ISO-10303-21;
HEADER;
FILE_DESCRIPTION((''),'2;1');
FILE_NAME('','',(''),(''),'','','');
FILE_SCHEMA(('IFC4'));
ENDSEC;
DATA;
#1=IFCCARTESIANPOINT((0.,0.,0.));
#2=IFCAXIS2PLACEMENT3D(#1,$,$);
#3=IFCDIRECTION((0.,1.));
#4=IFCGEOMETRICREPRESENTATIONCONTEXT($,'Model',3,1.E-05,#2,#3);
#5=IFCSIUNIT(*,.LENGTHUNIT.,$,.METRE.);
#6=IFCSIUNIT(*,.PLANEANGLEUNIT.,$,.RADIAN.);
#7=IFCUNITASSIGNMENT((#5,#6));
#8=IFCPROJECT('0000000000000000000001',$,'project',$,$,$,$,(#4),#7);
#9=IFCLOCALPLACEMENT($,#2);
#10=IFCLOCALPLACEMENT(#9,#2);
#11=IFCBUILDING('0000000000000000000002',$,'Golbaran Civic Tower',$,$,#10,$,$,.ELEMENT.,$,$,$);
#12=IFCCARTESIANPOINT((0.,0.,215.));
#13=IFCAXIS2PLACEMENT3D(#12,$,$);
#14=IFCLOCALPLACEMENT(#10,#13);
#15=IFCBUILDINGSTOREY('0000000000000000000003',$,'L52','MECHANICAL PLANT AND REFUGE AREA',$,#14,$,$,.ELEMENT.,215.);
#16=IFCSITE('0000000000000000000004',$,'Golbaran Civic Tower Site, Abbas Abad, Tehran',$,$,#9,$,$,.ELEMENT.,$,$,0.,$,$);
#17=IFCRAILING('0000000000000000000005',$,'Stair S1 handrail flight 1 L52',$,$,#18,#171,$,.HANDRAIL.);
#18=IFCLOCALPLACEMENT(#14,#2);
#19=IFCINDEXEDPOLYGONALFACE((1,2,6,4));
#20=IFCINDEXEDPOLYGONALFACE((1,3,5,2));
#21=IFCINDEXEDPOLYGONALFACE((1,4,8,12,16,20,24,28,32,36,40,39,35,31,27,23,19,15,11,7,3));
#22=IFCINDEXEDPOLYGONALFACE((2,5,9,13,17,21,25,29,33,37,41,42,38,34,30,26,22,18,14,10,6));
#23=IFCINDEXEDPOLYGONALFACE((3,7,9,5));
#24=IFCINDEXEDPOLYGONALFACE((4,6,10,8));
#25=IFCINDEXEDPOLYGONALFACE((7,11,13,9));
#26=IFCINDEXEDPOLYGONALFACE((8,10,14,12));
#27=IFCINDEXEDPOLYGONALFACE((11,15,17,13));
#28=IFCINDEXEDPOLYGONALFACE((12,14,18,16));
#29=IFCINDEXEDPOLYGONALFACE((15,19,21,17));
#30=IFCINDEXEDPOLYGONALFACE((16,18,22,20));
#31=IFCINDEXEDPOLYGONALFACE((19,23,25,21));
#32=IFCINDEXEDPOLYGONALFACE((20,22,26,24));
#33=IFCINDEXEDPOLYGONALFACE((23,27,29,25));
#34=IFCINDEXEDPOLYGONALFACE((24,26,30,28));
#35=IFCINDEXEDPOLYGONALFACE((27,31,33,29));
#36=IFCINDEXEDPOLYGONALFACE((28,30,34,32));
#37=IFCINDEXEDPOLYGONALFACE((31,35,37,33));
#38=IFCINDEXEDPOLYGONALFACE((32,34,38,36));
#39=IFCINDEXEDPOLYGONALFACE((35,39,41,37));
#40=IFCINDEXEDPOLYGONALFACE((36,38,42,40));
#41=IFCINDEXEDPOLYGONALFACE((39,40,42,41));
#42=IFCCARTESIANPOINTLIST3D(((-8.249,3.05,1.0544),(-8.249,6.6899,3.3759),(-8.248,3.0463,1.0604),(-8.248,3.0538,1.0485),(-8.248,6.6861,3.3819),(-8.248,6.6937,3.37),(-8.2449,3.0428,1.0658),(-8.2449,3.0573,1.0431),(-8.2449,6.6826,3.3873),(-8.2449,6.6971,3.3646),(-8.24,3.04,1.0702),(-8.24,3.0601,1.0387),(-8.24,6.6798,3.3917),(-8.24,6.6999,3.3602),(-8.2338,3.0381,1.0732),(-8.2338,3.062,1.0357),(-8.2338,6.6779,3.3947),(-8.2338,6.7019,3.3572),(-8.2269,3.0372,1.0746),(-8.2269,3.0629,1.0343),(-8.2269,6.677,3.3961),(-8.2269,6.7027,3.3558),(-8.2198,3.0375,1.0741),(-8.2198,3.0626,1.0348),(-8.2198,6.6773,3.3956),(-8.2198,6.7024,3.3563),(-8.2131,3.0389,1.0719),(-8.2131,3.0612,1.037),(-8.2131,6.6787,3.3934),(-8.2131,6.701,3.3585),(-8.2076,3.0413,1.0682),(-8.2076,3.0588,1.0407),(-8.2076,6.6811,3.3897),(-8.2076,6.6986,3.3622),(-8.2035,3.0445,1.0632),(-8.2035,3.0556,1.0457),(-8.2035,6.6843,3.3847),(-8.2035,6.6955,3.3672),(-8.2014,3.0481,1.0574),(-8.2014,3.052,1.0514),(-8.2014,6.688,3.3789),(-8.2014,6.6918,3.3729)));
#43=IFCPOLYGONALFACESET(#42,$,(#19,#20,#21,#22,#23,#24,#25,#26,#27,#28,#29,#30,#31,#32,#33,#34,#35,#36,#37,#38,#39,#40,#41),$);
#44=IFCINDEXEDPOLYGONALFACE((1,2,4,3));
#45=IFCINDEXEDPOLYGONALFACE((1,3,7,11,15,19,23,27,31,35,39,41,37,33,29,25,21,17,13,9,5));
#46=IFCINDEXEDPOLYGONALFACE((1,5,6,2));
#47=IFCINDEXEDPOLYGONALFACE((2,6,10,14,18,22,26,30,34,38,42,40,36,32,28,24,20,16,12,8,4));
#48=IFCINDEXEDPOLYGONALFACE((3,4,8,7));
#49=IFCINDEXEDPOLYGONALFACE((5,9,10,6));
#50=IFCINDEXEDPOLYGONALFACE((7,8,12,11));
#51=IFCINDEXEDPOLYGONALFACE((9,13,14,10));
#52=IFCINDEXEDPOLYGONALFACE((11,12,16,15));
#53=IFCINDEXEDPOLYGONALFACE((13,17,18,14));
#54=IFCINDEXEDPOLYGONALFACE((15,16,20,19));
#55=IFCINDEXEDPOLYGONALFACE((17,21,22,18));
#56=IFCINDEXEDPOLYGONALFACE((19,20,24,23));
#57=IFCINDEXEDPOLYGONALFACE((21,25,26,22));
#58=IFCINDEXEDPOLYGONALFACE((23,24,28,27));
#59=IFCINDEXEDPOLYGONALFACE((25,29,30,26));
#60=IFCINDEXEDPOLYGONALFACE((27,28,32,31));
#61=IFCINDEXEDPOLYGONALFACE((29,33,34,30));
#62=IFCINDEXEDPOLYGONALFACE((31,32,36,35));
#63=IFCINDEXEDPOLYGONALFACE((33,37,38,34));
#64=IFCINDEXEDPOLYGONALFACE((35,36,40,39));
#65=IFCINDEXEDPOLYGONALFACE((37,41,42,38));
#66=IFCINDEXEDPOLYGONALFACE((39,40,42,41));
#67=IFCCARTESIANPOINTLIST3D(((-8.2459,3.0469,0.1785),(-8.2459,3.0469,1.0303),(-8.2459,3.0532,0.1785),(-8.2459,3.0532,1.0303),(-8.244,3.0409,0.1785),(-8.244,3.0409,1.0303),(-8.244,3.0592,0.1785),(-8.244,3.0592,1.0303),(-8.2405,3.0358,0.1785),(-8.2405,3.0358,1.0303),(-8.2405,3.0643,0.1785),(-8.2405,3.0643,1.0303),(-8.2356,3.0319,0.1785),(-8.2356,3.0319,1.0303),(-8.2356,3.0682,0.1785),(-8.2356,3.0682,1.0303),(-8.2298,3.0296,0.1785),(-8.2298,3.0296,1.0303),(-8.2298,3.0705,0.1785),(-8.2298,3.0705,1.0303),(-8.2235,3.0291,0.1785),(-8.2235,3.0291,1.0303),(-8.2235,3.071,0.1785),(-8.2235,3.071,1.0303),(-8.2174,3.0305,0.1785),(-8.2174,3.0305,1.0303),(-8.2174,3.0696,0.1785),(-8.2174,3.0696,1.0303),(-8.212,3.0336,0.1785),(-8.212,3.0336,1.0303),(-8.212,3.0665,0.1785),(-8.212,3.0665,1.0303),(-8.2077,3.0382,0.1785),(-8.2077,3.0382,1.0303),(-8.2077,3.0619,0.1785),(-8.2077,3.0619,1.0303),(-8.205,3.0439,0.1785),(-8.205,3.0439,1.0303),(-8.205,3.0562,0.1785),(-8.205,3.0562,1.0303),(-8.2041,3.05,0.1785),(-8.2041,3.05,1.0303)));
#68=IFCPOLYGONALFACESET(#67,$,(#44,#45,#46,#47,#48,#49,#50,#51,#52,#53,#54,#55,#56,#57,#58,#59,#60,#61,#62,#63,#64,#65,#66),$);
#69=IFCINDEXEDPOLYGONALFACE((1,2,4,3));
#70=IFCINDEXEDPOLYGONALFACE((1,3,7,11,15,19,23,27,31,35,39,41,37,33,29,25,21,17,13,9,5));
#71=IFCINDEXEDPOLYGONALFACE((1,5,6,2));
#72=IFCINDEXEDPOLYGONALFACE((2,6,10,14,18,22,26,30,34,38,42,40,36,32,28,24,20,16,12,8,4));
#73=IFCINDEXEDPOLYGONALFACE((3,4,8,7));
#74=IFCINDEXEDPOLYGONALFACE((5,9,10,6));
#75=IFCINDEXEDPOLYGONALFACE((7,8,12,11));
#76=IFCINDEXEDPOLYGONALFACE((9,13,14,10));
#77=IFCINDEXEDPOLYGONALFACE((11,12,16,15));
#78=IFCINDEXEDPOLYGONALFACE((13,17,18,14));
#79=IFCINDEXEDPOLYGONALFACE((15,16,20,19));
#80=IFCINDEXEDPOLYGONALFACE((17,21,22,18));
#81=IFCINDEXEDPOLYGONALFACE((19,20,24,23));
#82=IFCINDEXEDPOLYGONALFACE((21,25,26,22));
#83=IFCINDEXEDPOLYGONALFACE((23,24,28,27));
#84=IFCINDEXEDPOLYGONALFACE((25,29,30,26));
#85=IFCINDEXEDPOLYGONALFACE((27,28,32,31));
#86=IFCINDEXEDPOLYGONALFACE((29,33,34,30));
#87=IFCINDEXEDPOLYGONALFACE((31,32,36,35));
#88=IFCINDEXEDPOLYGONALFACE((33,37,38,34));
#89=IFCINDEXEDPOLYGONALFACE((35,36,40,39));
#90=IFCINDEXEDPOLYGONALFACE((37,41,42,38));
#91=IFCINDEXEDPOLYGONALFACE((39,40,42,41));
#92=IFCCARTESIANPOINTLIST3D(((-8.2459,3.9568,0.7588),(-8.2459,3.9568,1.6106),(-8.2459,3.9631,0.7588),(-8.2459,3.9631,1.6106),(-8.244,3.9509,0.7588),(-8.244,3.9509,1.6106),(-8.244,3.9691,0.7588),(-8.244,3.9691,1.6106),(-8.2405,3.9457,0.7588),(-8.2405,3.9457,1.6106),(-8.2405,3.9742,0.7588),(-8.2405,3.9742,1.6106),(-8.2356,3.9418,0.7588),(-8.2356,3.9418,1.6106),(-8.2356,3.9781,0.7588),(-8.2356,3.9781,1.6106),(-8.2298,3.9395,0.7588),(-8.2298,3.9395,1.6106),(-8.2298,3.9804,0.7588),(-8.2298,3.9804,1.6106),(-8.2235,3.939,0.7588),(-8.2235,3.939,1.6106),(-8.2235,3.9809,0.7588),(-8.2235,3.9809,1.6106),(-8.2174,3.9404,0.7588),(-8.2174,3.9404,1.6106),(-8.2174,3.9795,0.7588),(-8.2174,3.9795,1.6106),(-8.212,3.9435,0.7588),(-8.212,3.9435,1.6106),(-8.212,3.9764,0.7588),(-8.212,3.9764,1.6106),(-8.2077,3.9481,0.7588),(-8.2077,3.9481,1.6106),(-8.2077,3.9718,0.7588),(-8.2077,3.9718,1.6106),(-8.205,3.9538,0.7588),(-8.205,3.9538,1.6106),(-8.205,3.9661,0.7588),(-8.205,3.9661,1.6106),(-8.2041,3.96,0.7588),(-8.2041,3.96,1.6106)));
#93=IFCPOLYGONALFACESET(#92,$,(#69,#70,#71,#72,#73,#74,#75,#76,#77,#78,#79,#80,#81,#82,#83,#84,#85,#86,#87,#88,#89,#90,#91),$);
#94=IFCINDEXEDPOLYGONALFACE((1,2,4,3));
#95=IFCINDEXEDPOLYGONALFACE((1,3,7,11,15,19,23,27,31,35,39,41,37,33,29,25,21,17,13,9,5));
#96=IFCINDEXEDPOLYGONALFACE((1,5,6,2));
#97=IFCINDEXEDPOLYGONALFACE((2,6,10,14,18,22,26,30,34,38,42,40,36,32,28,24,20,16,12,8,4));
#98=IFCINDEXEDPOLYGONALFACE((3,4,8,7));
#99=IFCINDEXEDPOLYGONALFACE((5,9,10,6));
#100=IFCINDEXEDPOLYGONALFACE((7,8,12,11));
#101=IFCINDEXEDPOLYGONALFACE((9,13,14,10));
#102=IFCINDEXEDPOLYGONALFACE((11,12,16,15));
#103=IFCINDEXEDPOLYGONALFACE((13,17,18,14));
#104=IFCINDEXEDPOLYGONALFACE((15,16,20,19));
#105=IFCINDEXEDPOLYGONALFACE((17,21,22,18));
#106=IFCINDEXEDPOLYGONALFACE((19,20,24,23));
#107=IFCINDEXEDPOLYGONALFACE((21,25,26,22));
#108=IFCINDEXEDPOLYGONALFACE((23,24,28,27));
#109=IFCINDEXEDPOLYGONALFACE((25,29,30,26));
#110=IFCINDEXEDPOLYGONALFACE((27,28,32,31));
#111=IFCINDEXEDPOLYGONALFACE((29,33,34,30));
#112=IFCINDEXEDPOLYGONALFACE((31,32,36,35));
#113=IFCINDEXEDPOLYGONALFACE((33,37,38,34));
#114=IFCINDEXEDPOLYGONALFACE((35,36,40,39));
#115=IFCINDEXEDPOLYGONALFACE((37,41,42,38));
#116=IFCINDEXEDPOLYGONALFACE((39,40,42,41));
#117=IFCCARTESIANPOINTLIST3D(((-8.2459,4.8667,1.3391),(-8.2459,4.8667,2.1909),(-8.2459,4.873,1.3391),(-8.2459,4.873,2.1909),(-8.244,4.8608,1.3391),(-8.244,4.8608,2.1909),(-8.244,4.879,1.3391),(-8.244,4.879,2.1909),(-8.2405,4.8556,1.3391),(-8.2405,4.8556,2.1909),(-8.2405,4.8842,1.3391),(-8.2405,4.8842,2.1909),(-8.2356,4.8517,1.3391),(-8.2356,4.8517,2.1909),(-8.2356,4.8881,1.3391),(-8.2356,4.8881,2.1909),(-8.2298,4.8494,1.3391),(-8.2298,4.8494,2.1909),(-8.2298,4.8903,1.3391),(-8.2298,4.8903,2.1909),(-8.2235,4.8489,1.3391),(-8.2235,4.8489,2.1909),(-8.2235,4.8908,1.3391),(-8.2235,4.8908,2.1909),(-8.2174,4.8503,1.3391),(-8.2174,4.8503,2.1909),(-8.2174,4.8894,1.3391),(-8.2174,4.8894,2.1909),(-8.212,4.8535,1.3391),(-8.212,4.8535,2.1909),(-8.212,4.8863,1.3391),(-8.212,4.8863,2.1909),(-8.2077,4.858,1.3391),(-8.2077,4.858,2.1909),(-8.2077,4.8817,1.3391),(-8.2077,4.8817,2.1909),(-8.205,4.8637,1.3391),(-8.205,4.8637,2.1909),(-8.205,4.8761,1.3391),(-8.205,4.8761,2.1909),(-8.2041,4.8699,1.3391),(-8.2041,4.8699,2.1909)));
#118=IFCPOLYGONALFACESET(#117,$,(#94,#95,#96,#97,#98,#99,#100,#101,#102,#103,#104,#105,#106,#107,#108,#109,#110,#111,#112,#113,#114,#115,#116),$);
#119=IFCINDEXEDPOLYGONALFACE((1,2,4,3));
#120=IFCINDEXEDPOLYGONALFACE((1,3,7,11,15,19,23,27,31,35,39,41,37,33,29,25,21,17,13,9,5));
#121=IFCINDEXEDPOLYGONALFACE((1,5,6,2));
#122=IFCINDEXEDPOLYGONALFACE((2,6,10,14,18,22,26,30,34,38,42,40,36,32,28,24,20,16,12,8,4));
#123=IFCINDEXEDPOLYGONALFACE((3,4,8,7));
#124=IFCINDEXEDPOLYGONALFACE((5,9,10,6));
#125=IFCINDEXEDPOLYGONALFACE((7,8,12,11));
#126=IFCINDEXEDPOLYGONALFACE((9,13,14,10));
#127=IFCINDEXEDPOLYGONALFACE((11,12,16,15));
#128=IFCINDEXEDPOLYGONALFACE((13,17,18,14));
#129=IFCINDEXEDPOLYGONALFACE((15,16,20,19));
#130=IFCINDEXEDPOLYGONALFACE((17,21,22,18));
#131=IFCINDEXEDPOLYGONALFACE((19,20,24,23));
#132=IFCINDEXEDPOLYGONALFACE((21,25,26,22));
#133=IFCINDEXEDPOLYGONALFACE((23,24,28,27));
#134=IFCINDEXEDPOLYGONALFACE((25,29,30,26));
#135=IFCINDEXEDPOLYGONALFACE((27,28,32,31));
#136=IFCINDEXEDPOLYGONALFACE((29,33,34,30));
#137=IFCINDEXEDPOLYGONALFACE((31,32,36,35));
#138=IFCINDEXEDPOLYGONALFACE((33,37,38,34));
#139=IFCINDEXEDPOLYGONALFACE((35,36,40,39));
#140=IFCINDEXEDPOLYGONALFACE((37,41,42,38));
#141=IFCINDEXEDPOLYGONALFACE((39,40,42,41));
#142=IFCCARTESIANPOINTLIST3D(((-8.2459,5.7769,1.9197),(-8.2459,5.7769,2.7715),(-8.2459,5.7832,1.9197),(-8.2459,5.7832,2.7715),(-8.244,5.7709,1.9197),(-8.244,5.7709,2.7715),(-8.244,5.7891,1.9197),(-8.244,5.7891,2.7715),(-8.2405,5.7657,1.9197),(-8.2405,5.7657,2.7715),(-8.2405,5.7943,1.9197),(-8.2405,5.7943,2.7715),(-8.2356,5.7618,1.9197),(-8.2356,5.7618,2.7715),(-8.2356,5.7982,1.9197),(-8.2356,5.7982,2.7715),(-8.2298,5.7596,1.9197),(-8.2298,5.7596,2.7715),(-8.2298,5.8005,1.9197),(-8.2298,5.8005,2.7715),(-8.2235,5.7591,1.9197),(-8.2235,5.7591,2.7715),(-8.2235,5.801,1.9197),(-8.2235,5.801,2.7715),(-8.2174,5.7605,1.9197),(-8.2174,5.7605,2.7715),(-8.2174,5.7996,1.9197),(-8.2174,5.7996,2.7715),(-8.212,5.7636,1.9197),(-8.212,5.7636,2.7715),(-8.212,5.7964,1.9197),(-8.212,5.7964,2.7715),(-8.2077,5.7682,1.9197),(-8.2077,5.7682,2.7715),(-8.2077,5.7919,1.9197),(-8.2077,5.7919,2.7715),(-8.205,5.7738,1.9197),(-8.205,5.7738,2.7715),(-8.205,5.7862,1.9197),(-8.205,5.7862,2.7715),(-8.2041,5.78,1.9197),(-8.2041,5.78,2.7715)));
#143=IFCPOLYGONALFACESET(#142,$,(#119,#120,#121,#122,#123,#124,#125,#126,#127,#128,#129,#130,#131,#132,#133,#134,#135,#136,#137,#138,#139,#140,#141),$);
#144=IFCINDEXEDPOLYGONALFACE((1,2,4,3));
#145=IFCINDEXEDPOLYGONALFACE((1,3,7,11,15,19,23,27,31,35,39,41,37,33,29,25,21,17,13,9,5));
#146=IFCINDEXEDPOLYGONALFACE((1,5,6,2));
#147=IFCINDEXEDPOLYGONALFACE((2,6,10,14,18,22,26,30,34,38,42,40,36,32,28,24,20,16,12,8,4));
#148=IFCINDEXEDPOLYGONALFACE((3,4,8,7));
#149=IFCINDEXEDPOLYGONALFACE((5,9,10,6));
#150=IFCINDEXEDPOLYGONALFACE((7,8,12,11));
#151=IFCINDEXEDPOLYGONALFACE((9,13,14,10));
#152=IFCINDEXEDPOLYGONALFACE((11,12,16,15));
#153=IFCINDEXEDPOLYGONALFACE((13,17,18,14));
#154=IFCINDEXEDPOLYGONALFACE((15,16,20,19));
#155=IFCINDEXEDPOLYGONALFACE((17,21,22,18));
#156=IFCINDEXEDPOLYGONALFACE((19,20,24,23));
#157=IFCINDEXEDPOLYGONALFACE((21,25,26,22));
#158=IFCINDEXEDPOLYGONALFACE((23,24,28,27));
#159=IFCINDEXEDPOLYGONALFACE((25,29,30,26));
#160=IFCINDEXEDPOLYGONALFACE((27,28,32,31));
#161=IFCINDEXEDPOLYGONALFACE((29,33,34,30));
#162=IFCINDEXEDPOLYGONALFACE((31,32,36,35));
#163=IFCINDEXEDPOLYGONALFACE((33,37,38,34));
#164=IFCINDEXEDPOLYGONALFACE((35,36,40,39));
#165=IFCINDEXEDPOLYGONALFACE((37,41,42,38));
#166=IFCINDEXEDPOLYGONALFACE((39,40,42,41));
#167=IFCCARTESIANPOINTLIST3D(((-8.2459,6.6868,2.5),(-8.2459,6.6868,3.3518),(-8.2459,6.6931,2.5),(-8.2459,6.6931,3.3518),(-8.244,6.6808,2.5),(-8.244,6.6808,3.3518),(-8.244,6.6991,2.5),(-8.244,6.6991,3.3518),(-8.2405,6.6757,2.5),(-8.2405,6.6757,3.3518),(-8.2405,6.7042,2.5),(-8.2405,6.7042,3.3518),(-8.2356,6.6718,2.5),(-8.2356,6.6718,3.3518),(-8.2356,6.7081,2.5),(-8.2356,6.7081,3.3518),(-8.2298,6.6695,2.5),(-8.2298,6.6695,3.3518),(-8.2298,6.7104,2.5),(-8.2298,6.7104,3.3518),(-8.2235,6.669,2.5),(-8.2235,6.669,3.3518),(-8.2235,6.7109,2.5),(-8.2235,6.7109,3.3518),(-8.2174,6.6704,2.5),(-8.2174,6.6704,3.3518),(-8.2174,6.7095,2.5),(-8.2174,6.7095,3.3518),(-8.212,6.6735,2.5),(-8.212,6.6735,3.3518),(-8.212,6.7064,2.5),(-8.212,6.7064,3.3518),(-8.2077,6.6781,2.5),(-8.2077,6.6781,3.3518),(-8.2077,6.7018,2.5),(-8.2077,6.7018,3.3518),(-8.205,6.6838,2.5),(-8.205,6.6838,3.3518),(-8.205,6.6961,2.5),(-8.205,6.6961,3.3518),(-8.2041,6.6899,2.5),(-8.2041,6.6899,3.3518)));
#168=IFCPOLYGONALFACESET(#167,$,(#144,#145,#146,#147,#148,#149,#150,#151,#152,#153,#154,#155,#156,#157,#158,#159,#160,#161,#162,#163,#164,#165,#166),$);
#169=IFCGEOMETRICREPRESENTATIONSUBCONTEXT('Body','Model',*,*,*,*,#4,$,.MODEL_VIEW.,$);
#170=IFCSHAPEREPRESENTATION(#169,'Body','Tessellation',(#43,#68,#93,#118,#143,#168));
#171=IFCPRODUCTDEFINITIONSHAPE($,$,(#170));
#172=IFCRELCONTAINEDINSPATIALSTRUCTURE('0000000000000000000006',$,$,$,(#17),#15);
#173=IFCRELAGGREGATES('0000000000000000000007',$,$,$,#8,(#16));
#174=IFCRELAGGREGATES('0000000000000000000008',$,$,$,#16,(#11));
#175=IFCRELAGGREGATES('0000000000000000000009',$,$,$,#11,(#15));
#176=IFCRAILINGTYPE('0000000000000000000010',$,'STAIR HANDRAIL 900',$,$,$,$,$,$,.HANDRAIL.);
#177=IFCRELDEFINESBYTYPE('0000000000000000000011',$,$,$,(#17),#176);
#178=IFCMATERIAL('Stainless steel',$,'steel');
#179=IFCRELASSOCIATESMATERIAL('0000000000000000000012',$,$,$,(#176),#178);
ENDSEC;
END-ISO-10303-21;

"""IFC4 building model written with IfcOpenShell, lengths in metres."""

from ifc_helpers import new_model, si_unit, direction, frame, origin, origin_2d, place, context, subcontext, project, spatial, circle, extrude, material, type_object, element, save


model = new_model("IFC4")

# Units and contexts
model_context = context("Model", 3, precision=1e-05, world=origin(), true_north=direction((0.0, 1.0)))
body_context = subcontext(model_context, "Body", "Model", "MODEL_VIEW")
ifc_project = project(units=[si_unit("LENGTHUNIT", "METRE"), si_unit("PLANEANGLEUNIT", "RADIAN")], contexts=[model_context])

# Site, building, storey
site_placement = place(None, origin())
site = spatial("IfcSite", under=ifc_project, at=site_placement, Name="Golbaran Civic Tower Site, Abbas Abad, Tehran", CompositionType="ELEMENT", RefElevation=0.0)
building_placement = place(site_placement, origin())
building = spatial("IfcBuilding", under=site, at=building_placement, Name="Golbaran Civic Tower", CompositionType="ELEMENT")
storey_placement = place(building_placement, frame((0.0, 0.0, 215.0)))
storey = spatial("IfcBuildingStorey", under=building, at=storey_placement, Name="L52", Description="MECHANICAL PLANT AND REFUGE AREA", CompositionType="ELEMENT", Elevation=215.0)

# Railing
ifc_material_1 = material(Name="Stainless steel", Category="steel")
railing_type = type_object("IfcRailingType", Name="STAIR HANDRAIL 900", PredefinedType="HANDRAIL", material=ifc_material_1)
railing_1_placement = place(storey_placement, frame((-8.2251, 3.05, 0.1785)))
element("IfcRailing", 1, at=railing_1_placement, inside=storey, type_object=railing_type, Name="Stair S1 handrail flight 1 L52", PredefinedType="HANDRAIL", context=body_context, shape_type="SweptSolid", body=[
    extrude(circle(Radius=0.0239, at=origin_2d()), frame((0.0, 0.0, 0.876), z_axis=(0.0, 0.843112, 0.537739), x_axis=(-1.0, 0.0, 0.0)), (0.0, 0.0, 1.0), 4.3171),
    extrude(circle(Radius=0.021, at=origin_2d()), origin(), (0.0, 0.0, 1.0), 0.8518),
    extrude(circle(Radius=0.021, at=origin_2d()), frame((0.0, 0.9099, 0.5803)), (0.0, 0.0, 1.0), 0.8518),
    extrude(circle(Radius=0.021, at=origin_2d()), frame((0.0, 1.8198, 1.1606)), (0.0, 0.0, 1.0), 0.8518),
    extrude(circle(Radius=0.021, at=origin_2d()), frame((0.0, 2.73, 1.7412)), (0.0, 0.0, 1.0), 0.8518),
    extrude(circle(Radius=0.021, at=origin_2d()), frame((0.0, 3.6399, 2.3215)), (0.0, 0.0, 1.0), 0.8518),
])

save(model, "model.ifc")
